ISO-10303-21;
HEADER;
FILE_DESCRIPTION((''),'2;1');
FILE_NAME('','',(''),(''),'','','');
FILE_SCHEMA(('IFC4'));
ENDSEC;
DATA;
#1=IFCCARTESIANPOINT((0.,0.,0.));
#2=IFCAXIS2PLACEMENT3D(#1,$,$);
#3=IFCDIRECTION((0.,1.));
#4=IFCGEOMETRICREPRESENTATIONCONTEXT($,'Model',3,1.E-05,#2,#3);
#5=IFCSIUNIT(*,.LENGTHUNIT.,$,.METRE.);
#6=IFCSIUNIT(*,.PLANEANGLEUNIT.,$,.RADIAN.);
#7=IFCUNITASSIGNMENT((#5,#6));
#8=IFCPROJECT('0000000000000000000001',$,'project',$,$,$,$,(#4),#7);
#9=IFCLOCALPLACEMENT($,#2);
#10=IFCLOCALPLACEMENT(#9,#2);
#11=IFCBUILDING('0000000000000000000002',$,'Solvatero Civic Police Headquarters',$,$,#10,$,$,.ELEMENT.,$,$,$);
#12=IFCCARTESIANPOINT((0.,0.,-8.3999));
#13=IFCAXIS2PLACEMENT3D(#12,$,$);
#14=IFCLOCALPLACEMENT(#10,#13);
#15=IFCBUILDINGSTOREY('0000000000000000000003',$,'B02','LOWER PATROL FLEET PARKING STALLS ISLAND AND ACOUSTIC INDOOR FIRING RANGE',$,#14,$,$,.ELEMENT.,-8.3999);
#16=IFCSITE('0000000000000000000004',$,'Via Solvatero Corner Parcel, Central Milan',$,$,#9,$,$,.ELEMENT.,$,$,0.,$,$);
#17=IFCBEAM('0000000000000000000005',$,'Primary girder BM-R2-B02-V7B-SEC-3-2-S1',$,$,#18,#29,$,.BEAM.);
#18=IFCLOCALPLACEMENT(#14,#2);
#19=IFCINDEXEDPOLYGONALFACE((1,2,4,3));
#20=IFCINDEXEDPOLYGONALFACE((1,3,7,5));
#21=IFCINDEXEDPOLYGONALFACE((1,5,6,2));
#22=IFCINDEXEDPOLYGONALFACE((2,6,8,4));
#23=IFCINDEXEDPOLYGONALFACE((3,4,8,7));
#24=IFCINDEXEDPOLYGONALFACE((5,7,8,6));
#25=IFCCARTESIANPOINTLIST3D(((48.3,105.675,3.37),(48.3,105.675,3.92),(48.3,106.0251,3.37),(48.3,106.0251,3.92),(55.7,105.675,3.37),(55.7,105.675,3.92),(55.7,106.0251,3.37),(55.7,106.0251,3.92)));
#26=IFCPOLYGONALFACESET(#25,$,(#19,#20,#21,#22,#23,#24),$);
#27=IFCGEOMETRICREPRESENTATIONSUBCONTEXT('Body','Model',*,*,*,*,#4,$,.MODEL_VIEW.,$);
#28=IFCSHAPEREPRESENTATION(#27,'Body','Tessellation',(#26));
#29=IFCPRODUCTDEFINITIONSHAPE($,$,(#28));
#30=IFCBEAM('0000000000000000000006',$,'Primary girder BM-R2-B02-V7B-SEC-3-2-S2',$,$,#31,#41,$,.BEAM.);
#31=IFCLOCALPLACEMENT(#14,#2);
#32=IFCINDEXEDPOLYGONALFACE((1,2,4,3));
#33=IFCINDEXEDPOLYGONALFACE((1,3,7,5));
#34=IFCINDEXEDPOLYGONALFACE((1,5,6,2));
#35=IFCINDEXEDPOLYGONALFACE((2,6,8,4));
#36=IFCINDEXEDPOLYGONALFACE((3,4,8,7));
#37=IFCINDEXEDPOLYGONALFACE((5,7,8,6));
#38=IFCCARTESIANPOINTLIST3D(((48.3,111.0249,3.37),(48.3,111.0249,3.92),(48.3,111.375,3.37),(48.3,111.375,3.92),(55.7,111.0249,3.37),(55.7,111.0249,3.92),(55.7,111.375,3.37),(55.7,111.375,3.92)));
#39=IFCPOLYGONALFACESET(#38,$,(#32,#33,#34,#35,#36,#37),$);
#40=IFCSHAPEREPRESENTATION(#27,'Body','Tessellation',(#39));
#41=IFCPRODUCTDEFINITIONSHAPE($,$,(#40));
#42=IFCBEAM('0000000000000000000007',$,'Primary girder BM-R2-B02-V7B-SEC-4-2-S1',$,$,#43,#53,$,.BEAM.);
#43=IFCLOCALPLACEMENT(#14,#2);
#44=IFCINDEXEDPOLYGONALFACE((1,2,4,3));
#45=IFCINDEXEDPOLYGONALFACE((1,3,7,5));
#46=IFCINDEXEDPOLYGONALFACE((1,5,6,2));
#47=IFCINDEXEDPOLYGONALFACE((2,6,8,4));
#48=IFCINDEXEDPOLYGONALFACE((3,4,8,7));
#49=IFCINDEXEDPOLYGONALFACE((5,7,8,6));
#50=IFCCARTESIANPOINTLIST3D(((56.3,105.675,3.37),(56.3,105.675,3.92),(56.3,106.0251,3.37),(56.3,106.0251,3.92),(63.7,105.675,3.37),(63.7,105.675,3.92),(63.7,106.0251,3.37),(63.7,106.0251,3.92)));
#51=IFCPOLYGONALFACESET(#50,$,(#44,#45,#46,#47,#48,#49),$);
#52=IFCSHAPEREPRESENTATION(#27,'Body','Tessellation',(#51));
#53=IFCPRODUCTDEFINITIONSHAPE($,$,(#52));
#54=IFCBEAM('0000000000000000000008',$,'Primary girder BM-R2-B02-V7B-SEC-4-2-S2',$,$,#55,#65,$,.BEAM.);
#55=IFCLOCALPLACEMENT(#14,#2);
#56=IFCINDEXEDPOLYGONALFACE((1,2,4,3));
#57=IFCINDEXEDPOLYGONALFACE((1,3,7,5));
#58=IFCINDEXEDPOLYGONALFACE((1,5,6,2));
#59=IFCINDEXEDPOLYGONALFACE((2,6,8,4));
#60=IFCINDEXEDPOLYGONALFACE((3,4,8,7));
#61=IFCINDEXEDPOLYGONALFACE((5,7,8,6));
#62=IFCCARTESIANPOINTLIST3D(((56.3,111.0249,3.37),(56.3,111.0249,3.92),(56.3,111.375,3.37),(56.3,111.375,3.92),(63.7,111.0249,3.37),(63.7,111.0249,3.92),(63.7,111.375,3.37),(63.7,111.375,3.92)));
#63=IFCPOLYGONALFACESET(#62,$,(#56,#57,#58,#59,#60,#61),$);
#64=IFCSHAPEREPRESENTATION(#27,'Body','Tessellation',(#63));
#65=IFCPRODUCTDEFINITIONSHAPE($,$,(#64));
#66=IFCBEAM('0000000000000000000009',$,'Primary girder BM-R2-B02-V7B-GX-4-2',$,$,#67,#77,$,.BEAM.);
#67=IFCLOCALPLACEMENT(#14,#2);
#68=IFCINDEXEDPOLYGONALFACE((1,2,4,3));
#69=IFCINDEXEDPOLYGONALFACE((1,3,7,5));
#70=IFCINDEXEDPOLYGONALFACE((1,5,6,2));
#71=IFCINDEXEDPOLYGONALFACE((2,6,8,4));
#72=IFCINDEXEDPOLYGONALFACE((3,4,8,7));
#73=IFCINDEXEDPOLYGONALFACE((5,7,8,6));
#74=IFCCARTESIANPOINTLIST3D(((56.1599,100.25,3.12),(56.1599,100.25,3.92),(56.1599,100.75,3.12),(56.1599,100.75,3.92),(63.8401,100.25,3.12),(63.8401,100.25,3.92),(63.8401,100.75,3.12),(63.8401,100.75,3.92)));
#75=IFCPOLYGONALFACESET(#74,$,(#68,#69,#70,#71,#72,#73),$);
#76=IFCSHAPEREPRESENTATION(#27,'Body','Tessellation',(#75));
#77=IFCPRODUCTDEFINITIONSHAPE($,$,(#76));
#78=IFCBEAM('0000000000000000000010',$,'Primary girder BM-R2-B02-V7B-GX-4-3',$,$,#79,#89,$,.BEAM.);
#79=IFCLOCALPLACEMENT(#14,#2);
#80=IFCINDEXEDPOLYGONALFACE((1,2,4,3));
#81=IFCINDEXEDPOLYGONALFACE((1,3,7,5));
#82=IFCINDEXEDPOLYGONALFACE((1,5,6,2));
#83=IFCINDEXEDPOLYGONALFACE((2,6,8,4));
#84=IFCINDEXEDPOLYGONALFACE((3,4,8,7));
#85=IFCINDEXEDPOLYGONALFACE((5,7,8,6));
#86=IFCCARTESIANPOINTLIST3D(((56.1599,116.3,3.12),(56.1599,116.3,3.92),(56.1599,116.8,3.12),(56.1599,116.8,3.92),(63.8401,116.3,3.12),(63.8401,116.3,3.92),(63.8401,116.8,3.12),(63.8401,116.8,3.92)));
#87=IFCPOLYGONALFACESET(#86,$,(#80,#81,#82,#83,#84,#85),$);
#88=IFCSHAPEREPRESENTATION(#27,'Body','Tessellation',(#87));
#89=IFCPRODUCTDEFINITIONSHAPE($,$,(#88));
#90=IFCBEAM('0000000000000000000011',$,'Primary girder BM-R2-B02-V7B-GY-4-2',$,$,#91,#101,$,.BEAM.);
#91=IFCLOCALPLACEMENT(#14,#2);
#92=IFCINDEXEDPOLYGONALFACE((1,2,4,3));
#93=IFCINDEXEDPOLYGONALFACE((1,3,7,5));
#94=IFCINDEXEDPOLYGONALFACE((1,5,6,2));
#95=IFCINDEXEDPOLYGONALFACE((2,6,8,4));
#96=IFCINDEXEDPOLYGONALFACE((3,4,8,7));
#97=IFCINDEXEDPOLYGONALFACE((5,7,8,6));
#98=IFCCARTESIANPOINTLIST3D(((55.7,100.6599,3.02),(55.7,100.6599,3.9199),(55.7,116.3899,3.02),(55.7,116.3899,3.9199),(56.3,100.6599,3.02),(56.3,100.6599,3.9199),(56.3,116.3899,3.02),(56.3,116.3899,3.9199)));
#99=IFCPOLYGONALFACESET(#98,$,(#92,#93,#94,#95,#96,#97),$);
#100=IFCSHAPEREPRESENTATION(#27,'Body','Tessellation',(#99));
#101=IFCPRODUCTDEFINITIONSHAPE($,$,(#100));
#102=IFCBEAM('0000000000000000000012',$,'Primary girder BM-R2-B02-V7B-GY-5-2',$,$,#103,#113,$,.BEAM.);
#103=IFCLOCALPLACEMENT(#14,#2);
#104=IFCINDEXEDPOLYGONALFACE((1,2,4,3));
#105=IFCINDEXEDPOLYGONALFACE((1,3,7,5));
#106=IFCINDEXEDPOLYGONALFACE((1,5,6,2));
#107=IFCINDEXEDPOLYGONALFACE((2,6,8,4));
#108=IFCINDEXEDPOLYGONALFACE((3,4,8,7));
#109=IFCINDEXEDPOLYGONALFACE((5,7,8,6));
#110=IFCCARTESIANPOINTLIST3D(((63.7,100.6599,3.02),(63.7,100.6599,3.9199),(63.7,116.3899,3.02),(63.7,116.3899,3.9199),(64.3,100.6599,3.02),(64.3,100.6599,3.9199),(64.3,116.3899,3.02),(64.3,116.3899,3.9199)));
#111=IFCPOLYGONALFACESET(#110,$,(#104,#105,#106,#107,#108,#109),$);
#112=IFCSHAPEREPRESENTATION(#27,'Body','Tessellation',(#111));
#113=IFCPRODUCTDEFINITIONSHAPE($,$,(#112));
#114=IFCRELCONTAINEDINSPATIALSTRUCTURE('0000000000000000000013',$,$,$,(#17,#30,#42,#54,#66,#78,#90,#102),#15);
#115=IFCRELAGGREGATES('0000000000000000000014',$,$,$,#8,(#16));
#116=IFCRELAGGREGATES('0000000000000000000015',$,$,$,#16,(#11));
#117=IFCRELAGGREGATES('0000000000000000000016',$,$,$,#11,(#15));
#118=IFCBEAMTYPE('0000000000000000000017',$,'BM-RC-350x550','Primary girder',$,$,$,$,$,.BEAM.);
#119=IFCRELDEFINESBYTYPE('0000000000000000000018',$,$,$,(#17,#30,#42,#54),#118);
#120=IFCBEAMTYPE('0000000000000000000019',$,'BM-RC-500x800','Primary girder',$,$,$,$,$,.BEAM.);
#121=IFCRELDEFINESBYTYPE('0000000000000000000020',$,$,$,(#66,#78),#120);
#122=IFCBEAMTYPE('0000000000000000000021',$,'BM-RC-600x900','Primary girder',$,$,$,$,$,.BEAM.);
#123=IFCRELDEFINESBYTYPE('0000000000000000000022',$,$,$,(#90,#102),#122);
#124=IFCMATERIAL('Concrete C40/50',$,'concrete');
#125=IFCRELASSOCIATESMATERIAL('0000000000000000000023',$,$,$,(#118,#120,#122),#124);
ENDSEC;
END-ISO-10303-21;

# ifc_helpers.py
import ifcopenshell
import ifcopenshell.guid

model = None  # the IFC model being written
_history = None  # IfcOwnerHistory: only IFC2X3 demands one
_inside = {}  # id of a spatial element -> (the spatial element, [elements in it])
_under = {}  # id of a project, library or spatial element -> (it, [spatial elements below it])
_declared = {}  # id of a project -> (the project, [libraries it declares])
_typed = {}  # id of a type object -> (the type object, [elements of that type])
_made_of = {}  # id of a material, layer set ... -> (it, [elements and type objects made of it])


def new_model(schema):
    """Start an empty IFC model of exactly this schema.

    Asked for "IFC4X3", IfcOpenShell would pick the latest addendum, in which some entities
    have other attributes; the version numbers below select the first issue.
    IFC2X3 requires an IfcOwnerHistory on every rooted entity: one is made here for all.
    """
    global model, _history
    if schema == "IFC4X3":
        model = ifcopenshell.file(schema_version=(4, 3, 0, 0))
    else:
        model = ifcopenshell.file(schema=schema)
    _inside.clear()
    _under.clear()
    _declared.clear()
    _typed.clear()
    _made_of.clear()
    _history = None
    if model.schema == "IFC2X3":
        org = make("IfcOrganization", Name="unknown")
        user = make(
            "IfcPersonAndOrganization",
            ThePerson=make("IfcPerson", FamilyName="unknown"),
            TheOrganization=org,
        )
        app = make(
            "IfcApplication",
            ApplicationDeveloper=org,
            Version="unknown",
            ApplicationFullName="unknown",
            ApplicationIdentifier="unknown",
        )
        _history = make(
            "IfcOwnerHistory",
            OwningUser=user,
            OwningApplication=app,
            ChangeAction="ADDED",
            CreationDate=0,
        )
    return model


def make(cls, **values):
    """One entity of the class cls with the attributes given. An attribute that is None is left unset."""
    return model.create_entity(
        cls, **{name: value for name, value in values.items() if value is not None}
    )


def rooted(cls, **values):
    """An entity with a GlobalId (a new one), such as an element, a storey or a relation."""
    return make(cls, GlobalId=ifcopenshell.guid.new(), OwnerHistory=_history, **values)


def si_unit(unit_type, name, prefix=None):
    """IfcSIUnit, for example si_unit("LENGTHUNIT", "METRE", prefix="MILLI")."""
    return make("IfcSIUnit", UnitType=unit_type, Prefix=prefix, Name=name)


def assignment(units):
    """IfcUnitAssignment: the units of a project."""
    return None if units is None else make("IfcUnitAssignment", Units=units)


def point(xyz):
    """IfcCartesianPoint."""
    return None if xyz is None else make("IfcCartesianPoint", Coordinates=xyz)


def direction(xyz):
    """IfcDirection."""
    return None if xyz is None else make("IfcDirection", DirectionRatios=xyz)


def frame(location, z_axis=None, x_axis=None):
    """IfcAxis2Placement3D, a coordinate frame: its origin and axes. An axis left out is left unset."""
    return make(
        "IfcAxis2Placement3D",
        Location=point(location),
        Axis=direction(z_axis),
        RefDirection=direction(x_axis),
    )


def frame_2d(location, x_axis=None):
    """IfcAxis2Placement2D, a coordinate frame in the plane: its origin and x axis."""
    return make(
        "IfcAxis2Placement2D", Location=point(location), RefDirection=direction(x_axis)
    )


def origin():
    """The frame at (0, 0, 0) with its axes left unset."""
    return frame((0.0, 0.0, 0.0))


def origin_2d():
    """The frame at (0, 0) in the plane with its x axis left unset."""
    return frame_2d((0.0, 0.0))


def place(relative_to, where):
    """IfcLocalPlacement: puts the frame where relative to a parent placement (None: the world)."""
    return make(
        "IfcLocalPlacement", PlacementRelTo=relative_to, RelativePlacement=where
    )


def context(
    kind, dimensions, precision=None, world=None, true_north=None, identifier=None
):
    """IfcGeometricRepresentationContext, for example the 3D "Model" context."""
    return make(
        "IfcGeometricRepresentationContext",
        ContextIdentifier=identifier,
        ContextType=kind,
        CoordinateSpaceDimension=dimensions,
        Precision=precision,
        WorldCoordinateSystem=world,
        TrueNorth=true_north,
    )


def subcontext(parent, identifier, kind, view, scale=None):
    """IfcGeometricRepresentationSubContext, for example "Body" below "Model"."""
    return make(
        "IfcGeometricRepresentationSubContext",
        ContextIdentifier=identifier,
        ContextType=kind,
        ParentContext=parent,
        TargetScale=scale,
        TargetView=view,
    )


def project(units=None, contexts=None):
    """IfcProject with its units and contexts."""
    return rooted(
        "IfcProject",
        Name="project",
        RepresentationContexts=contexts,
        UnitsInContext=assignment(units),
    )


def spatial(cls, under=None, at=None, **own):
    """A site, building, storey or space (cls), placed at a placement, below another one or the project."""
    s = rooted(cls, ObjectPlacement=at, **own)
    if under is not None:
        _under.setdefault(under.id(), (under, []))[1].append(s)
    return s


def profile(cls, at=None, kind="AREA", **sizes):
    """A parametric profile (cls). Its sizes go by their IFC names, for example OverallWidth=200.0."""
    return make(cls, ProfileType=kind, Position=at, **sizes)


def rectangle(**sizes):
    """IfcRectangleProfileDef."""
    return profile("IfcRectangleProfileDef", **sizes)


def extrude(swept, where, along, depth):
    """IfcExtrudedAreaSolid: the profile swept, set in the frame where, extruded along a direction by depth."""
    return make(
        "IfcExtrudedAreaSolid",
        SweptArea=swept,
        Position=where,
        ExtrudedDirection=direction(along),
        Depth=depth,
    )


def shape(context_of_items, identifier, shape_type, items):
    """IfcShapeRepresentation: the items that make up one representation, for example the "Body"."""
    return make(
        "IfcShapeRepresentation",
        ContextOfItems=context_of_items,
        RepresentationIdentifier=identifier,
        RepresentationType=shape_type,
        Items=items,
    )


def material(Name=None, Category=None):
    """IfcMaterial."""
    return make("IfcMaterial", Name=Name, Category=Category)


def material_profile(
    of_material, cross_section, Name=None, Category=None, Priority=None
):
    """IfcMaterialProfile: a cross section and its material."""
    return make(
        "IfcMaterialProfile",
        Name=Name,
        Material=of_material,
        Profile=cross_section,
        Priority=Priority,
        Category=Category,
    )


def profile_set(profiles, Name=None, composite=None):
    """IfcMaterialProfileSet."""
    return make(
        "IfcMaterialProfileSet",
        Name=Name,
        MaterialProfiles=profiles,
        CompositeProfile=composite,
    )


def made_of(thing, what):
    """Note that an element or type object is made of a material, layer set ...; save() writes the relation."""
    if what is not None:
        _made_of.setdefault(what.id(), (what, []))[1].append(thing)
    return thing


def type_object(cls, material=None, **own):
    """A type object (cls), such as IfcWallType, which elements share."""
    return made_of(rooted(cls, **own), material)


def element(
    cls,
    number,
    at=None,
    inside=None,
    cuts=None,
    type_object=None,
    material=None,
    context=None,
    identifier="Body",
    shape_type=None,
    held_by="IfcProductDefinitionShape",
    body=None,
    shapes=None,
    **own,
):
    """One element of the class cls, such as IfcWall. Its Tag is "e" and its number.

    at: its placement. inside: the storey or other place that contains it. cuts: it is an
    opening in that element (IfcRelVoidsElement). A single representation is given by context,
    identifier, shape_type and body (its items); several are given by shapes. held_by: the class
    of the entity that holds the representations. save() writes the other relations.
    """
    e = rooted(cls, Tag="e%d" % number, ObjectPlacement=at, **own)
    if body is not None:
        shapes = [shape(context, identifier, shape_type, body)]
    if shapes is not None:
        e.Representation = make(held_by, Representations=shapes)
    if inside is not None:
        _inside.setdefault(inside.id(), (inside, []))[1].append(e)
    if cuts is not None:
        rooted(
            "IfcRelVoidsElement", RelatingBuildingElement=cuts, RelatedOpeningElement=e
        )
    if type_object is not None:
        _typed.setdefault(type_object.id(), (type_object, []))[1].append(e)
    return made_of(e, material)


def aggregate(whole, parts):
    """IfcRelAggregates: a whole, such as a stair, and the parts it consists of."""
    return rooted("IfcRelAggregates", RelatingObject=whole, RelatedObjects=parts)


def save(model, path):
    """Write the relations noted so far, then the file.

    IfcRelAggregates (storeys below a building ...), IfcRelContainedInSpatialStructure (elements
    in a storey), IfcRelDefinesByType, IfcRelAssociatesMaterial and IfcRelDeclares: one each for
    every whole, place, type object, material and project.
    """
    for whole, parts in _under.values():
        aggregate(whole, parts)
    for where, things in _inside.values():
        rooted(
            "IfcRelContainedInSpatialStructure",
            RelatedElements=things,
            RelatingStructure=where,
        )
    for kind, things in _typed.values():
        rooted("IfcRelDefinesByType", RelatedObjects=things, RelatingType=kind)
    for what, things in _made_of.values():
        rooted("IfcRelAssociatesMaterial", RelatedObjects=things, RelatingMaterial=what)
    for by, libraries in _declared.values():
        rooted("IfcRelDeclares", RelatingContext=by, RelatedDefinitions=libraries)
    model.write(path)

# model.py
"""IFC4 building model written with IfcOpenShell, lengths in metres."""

from ifc_helpers import new_model, si_unit, direction, frame, origin, origin_2d, place, context, subcontext, project, spatial, rectangle, extrude, material, material_profile, profile_set, type_object, element, save


model = new_model("IFC4")

# Units and contexts
model_context = context("Model", 3, precision=1e-05, world=origin(), true_north=direction((0.0, 1.0)))
body_context = subcontext(model_context, "Body", "Model", "MODEL_VIEW")
ifc_project = project(units=[si_unit("LENGTHUNIT", "METRE"), si_unit("PLANEANGLEUNIT", "RADIAN")], contexts=[model_context])

# Site, building, storey
site_placement = place(None, origin())
site = spatial("IfcSite", under=ifc_project, at=site_placement, Name="Via Solvatero Corner Parcel, Central Milan", CompositionType="ELEMENT", RefElevation=0.0)
building_placement = place(site_placement, origin())
building = spatial("IfcBuilding", under=site, at=building_placement, Name="Solvatero Civic Police Headquarters", CompositionType="ELEMENT")
storey_placement = place(building_placement, frame((0.0, 0.0, -8.3999)))
storey = spatial("IfcBuildingStorey", under=building, at=storey_placement, Name="B02", Description="LOWER PATROL FLEET PARKING STALLS ISLAND AND ACOUSTIC INDOOR FIRING RANGE", CompositionType="ELEMENT", Elevation=-8.3999)

# Shared definitions
ifc_material_1 = material(Name="Concrete C40/50", Category="concrete")

# Beams
ifc_material_profile_1 = material_profile(ifc_material_1, rectangle(XDim=0.3501, YDim=0.55, at=origin_2d()), Name="RC 350x550")
ifc_profile_set_1 = profile_set([ifc_material_profile_1], Name="Concrete C40/50")
beam_type_1 = type_object("IfcBeamType", Name="BM-RC-350x550", Description="Primary girder", PredefinedType="BEAM", material=ifc_profile_set_1)
for number, where, z_axis, x_axis, name in (
    (1, (48.3, 105.8501, 3.645), (1.0, 0.0, 0.0), (0.0, 1.0, 0.0), "Primary girder BM-R2-B02-V7B-SEC-3-2-S1"),
    (2, (48.3, 111.2, 3.645), (1.0, 0.0, 0.0), (0.0, 1.0, 0.0), "Primary girder BM-R2-B02-V7B-SEC-3-2-S2"),
    (3, (56.3, 105.8501, 3.645), (1.0, 0.0, 0.0), (0.0, 1.0, 0.0), "Primary girder BM-R2-B02-V7B-SEC-4-2-S1"),
    (4, (56.3, 111.2, 3.645), (1.0, 0.0, 0.0), (0.0, 1.0, 0.0), "Primary girder BM-R2-B02-V7B-SEC-4-2-S2"),
):
    element("IfcBeam", number, at=place(storey_placement, frame(where, z_axis=z_axis, x_axis=x_axis)), inside=storey, type_object=beam_type_1, Name=name, PredefinedType="BEAM", context=body_context, shape_type="SweptSolid", body=[
        extrude(rectangle(XDim=0.3501, YDim=0.55, at=origin_2d()), origin(), (0.0, 0.0, 1.0), 7.3999),
    ])
ifc_material_profile_2 = material_profile(ifc_material_1, rectangle(XDim=0.5, YDim=0.8, at=origin_2d()), Name="RC 500x800")
ifc_profile_set_2 = profile_set([ifc_material_profile_2], Name="Concrete C40/50")
beam_type_2 = type_object("IfcBeamType", Name="BM-RC-500x800", Description="Primary girder", PredefinedType="BEAM", material=ifc_profile_set_2)
for number, where, z_axis, x_axis, name in (
    (5, (56.1599, 100.5, 3.52), (1.0, 0.0, 0.0), (0.0, 1.0, 0.0), "Primary girder BM-R2-B02-V7B-GX-4-2"),
    (6, (56.1599, 116.55, 3.52), (1.0, 0.0, 0.0), (0.0, 1.0, 0.0), "Primary girder BM-R2-B02-V7B-GX-4-3"),
):
    element("IfcBeam", number, at=place(storey_placement, frame(where, z_axis=z_axis, x_axis=x_axis)), inside=storey, type_object=beam_type_2, Name=name, PredefinedType="BEAM", context=body_context, shape_type="SweptSolid", body=[
        extrude(rectangle(XDim=0.5, YDim=0.8, at=origin_2d()), origin(), (0.0, 0.0, 1.0), 7.6802),
    ])
ifc_material_profile_3 = material_profile(ifc_material_1, rectangle(XDim=0.6001, YDim=0.8999, at=origin_2d()), Name="RC 600x900")
ifc_profile_set_3 = profile_set([ifc_material_profile_3], Name="Concrete C40/50")
beam_type_3 = type_object("IfcBeamType", Name="BM-RC-600x900", Description="Primary girder", PredefinedType="BEAM", material=ifc_profile_set_3)
for number, where, z_axis, x_axis, name in (
    (7, (56.0, 100.6599, 3.47), (0.0, 1.0, 0.0), (-1.0, 0.0, 0.0), "Primary girder BM-R2-B02-V7B-GY-4-2"),
    (8, (64.0, 100.6599, 3.47), (0.0, 1.0, 0.0), (-1.0, 0.0, 0.0), "Primary girder BM-R2-B02-V7B-GY-5-2"),
):
    element("IfcBeam", number, at=place(storey_placement, frame(where, z_axis=z_axis, x_axis=x_axis)), inside=storey, type_object=beam_type_3, Name=name, PredefinedType="BEAM", context=body_context, shape_type="SweptSolid", body=[
        extrude(rectangle(XDim=0.6001, YDim=0.8999, at=origin_2d()), origin(), (0.0, 0.0, 1.0), 15.73),
    ])

save(model, "model.ifc")
